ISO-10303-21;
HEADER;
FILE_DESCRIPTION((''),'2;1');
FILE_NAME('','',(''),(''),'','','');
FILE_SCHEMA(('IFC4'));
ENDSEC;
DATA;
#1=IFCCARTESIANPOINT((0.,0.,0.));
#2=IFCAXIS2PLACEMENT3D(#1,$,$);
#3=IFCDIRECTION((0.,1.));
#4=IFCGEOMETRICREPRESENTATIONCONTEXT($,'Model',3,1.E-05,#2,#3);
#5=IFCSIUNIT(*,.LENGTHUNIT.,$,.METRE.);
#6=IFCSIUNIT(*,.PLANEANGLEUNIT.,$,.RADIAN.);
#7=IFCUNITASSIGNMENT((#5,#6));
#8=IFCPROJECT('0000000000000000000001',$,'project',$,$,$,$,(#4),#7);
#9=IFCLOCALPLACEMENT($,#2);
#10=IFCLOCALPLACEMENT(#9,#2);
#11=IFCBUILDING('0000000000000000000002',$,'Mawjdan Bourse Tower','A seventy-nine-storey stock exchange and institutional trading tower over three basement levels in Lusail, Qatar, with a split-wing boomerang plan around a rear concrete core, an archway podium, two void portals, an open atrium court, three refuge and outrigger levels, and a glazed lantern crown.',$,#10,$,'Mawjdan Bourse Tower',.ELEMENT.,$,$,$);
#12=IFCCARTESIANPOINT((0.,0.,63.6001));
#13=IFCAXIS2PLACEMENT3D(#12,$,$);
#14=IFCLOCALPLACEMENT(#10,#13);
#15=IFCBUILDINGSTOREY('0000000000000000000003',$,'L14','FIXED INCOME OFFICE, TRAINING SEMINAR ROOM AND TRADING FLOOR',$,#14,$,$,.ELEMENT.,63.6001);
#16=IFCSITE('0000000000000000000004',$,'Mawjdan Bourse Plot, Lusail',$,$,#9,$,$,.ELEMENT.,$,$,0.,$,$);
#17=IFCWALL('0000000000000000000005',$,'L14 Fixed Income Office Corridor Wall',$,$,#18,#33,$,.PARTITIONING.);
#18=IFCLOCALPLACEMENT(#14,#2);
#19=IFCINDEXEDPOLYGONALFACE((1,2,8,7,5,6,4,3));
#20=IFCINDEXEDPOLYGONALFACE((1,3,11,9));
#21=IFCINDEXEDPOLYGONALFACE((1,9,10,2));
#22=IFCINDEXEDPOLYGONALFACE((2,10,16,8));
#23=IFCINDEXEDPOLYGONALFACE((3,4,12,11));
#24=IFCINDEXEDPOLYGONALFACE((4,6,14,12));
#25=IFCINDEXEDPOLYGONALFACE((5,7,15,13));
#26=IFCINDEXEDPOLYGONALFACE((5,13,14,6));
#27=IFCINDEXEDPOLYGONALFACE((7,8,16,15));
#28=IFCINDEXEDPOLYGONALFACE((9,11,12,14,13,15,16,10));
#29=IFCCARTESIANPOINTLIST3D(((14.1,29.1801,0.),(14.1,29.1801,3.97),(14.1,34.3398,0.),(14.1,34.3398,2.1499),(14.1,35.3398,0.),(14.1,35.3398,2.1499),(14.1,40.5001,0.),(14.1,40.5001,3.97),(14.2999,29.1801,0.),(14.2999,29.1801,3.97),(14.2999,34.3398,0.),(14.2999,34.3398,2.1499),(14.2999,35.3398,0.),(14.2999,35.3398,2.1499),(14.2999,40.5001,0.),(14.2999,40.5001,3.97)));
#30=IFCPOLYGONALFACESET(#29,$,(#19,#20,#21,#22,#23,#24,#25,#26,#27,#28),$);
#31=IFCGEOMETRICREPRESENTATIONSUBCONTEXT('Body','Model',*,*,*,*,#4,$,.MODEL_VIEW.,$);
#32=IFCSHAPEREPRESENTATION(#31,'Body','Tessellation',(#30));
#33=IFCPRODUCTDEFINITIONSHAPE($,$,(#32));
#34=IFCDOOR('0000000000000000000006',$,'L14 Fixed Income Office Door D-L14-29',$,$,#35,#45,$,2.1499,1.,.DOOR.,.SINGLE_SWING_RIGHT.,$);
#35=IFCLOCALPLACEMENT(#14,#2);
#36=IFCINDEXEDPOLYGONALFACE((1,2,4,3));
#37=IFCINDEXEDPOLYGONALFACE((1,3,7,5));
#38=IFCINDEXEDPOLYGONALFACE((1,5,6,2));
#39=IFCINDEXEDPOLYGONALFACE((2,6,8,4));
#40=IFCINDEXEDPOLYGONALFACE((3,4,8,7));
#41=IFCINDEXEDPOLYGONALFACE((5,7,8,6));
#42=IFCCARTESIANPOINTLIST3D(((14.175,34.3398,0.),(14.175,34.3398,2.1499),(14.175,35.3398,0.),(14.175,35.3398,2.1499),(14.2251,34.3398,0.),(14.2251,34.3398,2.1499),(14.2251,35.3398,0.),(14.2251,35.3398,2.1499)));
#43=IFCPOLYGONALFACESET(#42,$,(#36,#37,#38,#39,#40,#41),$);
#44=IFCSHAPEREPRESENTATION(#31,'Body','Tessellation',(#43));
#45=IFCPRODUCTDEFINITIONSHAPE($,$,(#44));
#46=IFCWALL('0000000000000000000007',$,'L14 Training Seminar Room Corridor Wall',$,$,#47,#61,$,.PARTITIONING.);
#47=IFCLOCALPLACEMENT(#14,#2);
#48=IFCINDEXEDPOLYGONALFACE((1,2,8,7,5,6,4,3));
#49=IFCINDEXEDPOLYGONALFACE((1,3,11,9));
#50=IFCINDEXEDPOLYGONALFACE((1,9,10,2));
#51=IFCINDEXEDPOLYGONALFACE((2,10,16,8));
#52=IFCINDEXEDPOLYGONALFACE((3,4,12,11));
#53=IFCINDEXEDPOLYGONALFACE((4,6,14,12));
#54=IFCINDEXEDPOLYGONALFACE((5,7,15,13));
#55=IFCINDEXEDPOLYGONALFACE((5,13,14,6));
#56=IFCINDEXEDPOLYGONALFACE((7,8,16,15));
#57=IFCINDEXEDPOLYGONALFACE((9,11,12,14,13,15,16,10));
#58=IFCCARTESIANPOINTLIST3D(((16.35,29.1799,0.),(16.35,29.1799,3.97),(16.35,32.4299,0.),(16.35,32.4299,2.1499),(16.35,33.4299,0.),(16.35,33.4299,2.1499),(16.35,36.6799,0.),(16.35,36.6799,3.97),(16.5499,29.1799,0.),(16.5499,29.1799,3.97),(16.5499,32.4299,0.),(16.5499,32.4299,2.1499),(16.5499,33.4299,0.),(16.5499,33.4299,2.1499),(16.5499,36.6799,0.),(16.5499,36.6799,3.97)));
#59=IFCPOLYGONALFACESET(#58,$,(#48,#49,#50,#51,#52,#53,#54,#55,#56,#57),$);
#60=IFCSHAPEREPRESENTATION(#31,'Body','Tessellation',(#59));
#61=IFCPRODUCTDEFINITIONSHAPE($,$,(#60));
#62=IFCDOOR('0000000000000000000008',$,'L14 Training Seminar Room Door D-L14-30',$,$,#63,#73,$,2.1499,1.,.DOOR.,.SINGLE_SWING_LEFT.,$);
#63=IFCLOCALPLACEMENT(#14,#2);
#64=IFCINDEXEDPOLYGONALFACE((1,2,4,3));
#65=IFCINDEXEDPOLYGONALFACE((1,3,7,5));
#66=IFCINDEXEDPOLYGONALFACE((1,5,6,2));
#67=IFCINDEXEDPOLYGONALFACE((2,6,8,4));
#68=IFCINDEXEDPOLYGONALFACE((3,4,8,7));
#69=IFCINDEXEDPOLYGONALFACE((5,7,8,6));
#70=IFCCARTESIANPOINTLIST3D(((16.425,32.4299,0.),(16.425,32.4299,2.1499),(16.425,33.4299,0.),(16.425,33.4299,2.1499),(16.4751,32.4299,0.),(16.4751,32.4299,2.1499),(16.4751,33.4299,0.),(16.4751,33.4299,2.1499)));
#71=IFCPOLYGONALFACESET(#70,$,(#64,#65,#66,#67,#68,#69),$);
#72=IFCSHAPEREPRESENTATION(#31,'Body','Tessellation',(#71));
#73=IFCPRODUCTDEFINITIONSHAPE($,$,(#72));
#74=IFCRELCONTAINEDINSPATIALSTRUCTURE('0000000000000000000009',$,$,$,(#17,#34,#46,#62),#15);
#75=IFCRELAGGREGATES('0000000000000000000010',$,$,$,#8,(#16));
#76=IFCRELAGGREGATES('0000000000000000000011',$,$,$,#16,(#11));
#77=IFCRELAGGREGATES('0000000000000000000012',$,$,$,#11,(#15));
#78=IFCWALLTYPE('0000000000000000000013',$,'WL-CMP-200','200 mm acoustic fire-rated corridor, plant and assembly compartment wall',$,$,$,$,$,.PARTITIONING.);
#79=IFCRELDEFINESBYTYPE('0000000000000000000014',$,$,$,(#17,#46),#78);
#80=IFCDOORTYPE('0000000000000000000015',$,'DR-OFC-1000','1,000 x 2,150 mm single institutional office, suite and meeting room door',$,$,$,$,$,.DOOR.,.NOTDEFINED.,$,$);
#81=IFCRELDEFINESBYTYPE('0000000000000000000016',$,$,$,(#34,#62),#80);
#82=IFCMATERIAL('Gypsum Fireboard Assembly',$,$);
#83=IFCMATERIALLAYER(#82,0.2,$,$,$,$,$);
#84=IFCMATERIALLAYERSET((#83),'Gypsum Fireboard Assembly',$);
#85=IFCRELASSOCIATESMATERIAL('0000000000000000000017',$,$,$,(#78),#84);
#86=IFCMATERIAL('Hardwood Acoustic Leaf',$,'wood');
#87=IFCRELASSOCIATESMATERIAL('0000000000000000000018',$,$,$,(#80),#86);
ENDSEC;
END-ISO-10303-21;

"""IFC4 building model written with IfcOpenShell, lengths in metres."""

from ifc_helpers import new_model, si_unit, direction, frame, frame_2d, origin, place, context, subcontext, project, spatial, rectangle, extrude, material, layer, layer_set, type_object, element, fill, save


model = new_model("IFC4")

# Units and contexts
model_context = context("Model", 3, precision=1e-05, world=origin(), true_north=direction((0.0, 1.0)))
body_context = subcontext(model_context, "Body", "Model", "MODEL_VIEW")
ifc_project = project(units=[si_unit("LENGTHUNIT", "METRE"), si_unit("PLANEANGLEUNIT", "RADIAN")], contexts=[model_context])

# Site, building, storey
site_placement = place(None, origin())
site = spatial("IfcSite", under=ifc_project, at=site_placement, Name="Mawjdan Bourse Plot, Lusail", CompositionType="ELEMENT", RefElevation=0.0)
building_placement = place(site_placement, origin())
building = spatial("IfcBuilding", under=site, at=building_placement, Name="Mawjdan Bourse Tower", Description="A seventy-nine-storey stock exchange and institutional trading tower over three basement levels in Lusail, Qatar, with a split-wing boomerang plan around a rear concrete core, an archway podium, two void portals, an open atrium court, three refuge and outrigger levels, and a glazed lantern crown.", LongName="Mawjdan Bourse Tower", CompositionType="ELEMENT")
storey_placement = place(building_placement, frame((0.0, 0.0, 63.6001)))
storey = spatial("IfcBuildingStorey", under=building, at=storey_placement, Name="L14", Description="FIXED INCOME OFFICE, TRAINING SEMINAR ROOM AND TRADING FLOOR", CompositionType="ELEMENT", Elevation=63.6001)

# Shared definitions
ifc_material_1 = material(Name="Gypsum Fireboard Assembly")
ifc_layer = layer(ifc_material_1, 0.2)
ifc_layer_set = layer_set([ifc_layer], Name="Gypsum Fireboard Assembly")
wall_type = type_object("IfcWallType", Name="WL-CMP-200", Description="200 mm acoustic fire-rated corridor, plant and assembly compartment wall", PredefinedType="PARTITIONING", material=ifc_layer_set)
ifc_material_2 = material(Name="Hardwood Acoustic Leaf", Category="wood")
door_type = type_object("IfcDoorType", Name="DR-OFC-1000", Description="1,000 x 2,150 mm single institutional office, suite and meeting room door", OperationType="NOTDEFINED", PredefinedType="DOOR", material=ifc_material_2)

# Walls, openings, doors
wall_1_placement = place(storey_placement, frame((14.2, 29.1799, 0.0), z_axis=(0.0, 0.0, 1.0), x_axis=(0.0, 1.0, 0.0)))
wall_1 = element("IfcWall", 1, at=wall_1_placement, inside=storey, type_object=wall_type, Name="L14 Fixed Income Office Corridor Wall", PredefinedType="PARTITIONING", context=body_context, shape_type="SweptSolid", body=[
    extrude(rectangle(XDim=11.3201, YDim=0.2, at=frame_2d((5.6602, 0.0))), origin(), (0.0, 0.0, 1.0), 3.97),
])
opening_1_placement = place(wall_1_placement, frame((5.1599, 0.0, 0.0)))
opening_1 = element("IfcOpeningElement", 2, at=opening_1_placement, cuts=wall_1, PredefinedType="OPENING", context=body_context, shape_type="SweptSolid", body=[
    extrude(rectangle(XDim=1.0, YDim=2.1499, at=frame_2d((0.5, 1.075))), frame((0.0, 0.1099, 0.0), z_axis=(0.0, -1.0, 0.0), x_axis=(1.0, 0.0, 0.0)), (0.0, 0.0, 1.0), 0.22),
])
door_1_placement = place(opening_1_placement, origin())
door_1 = element("IfcDoor", 3, at=door_1_placement, inside=storey, type_object=door_type, Name="L14 Fixed Income Office Door D-L14-29", OperationType="SINGLE_SWING_RIGHT", OverallHeight=2.1499, OverallWidth=1.0, PredefinedType="DOOR", context=body_context, shape_type="SweptSolid", body=[
    extrude(rectangle(XDim=1.0, YDim=2.1499, at=frame_2d((0.5, 1.075))), frame((0.0, 0.0249, 0.0), z_axis=(0.0, -1.0, 0.0), x_axis=(1.0, 0.0, 0.0)), (0.0, 0.0, 1.0), 0.05),
])
fill(opening_1, door_1)
wall_2_placement = place(storey_placement, frame((16.45, 29.1799, 0.0), z_axis=(0.0, 0.0, 1.0), x_axis=(0.0, 1.0, 0.0)))
wall_2 = element("IfcWall", 4, at=wall_2_placement, inside=storey, type_object=wall_type, Name="L14 Training Seminar Room Corridor Wall", PredefinedType="PARTITIONING", context=body_context, shape_type="SweptSolid", body=[
    extrude(rectangle(XDim=7.5, YDim=0.2, at=frame_2d((3.75, 0.0))), origin(), (0.0, 0.0, 1.0), 3.97),
])
opening_2_placement = place(wall_2_placement, frame((3.25, 0.0, 0.0)))
opening_2 = element("IfcOpeningElement", 5, at=opening_2_placement, cuts=wall_2, PredefinedType="OPENING", context=body_context, shape_type="SweptSolid", body=[
    extrude(rectangle(XDim=1.0, YDim=2.1499, at=frame_2d((0.5, 1.075))), frame((0.0, 0.1099, 0.0), z_axis=(0.0, -1.0, 0.0), x_axis=(1.0, 0.0, 0.0)), (0.0, 0.0, 1.0), 0.22),
])
door_2_placement = place(opening_2_placement, origin())
door_2 = element("IfcDoor", 6, at=door_2_placement, inside=storey, type_object=door_type, Name="L14 Training Seminar Room Door D-L14-30", OperationType="SINGLE_SWING_LEFT", OverallHeight=2.1499, OverallWidth=1.0, PredefinedType="DOOR", context=body_context, shape_type="SweptSolid", body=[
    extrude(rectangle(XDim=1.0, YDim=2.1499, at=frame_2d((0.5, 1.075))), frame((0.0, 0.0249, 0.0), z_axis=(0.0, -1.0, 0.0), x_axis=(1.0, 0.0, 0.0)), (0.0, 0.0, 1.0), 0.05),
])
fill(opening_2, door_2)

save(model, "model.ifc")
